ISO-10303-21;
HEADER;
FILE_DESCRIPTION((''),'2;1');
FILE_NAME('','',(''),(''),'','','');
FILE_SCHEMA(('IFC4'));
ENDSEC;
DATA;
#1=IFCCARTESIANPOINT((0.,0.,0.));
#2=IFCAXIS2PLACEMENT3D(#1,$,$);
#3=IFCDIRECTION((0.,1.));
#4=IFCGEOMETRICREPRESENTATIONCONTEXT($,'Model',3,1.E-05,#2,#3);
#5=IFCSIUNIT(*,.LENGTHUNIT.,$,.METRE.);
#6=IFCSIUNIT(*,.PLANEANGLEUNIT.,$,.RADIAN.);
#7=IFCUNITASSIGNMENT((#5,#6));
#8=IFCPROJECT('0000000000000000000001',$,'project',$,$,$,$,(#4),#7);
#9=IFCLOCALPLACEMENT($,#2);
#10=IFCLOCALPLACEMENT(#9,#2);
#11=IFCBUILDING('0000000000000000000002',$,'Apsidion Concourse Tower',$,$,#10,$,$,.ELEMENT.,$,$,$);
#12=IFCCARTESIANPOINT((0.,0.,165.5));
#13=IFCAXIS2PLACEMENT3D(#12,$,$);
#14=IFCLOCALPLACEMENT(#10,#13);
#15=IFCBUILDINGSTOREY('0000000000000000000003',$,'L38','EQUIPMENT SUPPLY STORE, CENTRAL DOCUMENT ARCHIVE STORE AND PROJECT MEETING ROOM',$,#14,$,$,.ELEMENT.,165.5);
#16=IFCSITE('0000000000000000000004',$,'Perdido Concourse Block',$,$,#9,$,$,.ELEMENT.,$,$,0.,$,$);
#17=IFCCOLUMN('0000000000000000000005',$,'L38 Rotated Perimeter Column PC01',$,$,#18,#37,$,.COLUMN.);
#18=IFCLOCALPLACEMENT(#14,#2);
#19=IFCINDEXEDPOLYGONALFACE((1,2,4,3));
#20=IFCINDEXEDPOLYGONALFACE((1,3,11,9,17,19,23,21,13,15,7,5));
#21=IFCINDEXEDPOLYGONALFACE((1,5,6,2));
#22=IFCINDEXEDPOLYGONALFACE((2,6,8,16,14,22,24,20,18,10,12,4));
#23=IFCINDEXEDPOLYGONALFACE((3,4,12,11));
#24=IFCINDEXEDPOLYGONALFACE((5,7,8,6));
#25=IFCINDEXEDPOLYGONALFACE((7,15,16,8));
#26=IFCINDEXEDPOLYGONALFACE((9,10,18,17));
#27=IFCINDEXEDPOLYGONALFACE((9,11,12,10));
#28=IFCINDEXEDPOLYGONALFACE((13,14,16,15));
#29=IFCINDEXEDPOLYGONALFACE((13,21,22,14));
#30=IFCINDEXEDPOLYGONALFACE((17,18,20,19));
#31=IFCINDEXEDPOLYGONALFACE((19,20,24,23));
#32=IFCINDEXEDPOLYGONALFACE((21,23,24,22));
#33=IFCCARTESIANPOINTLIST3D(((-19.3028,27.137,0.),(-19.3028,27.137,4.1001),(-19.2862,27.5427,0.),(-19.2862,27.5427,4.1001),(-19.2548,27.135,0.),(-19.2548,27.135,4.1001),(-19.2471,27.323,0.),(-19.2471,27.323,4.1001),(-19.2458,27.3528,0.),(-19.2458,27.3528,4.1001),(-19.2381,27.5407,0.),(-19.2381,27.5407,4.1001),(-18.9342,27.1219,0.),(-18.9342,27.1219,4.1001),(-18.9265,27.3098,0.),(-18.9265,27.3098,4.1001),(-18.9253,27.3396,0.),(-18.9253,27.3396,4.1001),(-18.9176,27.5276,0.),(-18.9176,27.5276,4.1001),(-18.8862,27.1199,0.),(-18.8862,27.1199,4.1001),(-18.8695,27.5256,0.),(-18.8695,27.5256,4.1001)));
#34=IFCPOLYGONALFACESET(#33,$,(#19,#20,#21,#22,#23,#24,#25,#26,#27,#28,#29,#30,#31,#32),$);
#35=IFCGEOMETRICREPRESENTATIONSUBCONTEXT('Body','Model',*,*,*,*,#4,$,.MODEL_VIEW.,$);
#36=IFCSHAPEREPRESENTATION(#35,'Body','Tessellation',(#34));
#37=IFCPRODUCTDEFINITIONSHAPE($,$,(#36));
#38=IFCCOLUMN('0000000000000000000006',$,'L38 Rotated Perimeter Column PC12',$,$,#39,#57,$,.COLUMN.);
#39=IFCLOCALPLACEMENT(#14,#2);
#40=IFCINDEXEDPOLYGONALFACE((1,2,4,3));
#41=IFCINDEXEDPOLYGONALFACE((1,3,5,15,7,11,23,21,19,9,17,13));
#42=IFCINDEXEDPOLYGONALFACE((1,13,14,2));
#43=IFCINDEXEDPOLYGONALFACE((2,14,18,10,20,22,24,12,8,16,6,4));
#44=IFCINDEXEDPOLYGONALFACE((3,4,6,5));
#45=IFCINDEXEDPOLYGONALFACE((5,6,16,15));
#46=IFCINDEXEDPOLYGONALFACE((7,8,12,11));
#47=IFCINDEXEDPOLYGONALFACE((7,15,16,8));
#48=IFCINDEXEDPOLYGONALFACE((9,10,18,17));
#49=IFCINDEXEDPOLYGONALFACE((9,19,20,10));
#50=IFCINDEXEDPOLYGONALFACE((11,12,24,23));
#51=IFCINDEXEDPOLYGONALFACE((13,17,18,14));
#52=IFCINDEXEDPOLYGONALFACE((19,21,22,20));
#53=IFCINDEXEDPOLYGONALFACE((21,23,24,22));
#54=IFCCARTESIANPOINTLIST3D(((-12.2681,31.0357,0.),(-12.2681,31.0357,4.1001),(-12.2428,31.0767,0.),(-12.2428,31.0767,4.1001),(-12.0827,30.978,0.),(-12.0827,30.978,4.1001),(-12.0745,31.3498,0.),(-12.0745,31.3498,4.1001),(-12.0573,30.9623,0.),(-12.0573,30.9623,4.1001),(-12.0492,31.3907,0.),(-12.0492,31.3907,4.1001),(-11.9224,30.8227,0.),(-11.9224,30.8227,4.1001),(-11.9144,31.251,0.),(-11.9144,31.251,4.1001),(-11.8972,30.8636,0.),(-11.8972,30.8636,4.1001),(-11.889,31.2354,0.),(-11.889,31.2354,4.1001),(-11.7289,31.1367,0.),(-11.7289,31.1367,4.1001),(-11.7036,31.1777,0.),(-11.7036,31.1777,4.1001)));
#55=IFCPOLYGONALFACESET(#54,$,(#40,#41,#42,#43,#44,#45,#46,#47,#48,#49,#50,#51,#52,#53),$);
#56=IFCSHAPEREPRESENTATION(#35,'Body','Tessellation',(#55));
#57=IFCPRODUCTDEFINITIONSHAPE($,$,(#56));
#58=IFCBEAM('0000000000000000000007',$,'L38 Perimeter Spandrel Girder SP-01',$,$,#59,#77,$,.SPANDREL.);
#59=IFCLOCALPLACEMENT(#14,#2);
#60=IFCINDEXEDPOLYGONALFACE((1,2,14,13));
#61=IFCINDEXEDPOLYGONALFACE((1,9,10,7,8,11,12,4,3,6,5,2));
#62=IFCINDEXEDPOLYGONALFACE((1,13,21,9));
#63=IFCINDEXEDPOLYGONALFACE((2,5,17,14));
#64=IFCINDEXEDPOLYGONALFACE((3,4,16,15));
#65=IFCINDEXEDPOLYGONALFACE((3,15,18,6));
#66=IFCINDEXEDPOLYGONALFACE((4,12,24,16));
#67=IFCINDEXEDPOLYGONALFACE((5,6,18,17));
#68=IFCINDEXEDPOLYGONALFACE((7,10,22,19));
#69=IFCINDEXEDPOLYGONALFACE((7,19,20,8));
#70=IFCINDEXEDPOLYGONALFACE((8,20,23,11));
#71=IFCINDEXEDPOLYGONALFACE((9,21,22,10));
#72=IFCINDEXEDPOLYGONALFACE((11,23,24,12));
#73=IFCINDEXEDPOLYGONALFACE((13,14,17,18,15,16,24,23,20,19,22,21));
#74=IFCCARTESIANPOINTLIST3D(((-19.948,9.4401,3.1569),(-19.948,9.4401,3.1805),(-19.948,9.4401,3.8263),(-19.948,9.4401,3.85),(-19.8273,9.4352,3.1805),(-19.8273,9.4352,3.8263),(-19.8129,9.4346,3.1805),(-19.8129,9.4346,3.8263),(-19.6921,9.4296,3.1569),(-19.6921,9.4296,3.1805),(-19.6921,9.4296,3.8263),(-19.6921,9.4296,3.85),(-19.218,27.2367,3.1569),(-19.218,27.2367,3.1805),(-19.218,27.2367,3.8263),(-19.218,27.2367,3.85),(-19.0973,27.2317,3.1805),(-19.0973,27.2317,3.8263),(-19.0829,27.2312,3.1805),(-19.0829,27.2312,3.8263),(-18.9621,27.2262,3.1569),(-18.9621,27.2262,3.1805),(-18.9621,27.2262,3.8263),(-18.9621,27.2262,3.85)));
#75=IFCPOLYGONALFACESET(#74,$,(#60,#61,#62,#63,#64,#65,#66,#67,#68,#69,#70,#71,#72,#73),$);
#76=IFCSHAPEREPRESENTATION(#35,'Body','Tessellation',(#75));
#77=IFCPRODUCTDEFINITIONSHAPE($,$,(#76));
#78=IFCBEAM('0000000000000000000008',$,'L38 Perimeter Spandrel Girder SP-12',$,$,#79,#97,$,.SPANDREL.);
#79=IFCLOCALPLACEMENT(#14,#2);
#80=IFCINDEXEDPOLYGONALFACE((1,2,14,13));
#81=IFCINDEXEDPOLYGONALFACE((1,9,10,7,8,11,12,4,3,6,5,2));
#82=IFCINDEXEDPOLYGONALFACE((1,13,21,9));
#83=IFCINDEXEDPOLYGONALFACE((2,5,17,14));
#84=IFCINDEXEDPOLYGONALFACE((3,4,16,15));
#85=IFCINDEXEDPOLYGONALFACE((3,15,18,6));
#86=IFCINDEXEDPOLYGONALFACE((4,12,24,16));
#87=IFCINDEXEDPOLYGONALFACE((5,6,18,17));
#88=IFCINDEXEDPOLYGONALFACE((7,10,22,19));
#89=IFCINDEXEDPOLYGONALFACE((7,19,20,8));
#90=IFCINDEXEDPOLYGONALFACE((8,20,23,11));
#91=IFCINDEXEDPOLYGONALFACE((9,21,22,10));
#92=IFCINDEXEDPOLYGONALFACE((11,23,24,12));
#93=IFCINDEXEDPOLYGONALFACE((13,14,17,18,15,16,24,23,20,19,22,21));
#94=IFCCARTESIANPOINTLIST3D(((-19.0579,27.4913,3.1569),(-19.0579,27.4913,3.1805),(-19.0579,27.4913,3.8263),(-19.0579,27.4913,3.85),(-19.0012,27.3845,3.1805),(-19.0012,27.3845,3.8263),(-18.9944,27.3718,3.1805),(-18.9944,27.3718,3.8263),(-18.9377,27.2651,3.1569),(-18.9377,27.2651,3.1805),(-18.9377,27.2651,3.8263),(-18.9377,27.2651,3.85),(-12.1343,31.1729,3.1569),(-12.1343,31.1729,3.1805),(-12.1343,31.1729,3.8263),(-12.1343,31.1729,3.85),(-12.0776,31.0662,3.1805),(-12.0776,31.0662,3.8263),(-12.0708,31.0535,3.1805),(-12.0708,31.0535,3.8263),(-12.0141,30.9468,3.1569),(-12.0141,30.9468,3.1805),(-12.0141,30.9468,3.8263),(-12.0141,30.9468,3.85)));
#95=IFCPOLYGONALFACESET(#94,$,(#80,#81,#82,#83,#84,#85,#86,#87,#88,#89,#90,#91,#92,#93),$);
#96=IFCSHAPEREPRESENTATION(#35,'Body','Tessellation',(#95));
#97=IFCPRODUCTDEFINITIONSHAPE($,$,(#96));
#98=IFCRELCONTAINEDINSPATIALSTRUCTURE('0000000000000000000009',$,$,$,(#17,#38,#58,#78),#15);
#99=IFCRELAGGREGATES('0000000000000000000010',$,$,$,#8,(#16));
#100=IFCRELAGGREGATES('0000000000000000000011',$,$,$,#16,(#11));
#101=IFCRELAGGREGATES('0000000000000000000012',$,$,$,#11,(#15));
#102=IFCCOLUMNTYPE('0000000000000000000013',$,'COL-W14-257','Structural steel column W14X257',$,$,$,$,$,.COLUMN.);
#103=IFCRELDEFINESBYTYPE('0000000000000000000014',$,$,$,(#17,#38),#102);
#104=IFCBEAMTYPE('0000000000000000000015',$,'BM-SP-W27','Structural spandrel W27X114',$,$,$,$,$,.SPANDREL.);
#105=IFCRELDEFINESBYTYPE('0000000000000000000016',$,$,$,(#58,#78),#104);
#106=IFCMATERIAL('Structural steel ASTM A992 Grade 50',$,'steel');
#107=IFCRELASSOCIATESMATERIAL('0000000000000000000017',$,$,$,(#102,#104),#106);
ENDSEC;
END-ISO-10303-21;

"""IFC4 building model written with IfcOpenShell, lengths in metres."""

from ifc_helpers import new_model, si_unit, direction, frame, origin, origin_2d, place, context, subcontext, project, spatial, i_section, extrude, material, material_profile, profile_set, type_object, element, save


model = new_model("IFC4")

# Units and contexts
model_context = context("Model", 3, precision=1e-05, world=origin(), true_north=direction((0.0, 1.0)))
body_context = subcontext(model_context, "Body", "Model", "MODEL_VIEW")
ifc_project = project(units=[si_unit("LENGTHUNIT", "METRE"), si_unit("PLANEANGLEUNIT", "RADIAN")], contexts=[model_context])

# Site, building, storey
site_placement = place(None, origin())
site = spatial("IfcSite", under=ifc_project, at=site_placement, Name="Perdido Concourse Block", CompositionType="ELEMENT", RefElevation=0.0)
building_placement = place(site_placement, origin())
building = spatial("IfcBuilding", under=site, at=building_placement, Name="Apsidion Concourse Tower", CompositionType="ELEMENT")
storey_placement = place(building_placement, frame((0.0, 0.0, 165.5)))
storey = spatial("IfcBuildingStorey", under=building, at=storey_placement, Name="L38", Description="EQUIPMENT SUPPLY STORE, CENTRAL DOCUMENT ARCHIVE STORE AND PROJECT MEETING ROOM", CompositionType="ELEMENT", Elevation=165.5)

# Columns
ifc_material_1 = material(Name="Structural steel ASTM A992 Grade 50", Category="steel")
ifc_material_profile_1 = material_profile(ifc_material_1, i_section(OverallWidth=0.406, OverallDepth=0.417, WebThickness=0.0298, FlangeThickness=0.0481, at=origin_2d()), Name="W14X257")
ifc_profile_set_1 = profile_set([ifc_material_profile_1], Name="Structural steel ASTM A992 Grade 50")
column_type = type_object("IfcColumnType", Name="COL-W14-257", Description="Structural steel column W14X257", PredefinedType="COLUMN", material=ifc_profile_set_1)
for number, where, z_axis, x_axis, name in (
    (1, (-19.0862, 27.3313, 0.0), (0.0, 0.0, 1.0), (0.041004, 0.999159, 0.0), "L38 Rotated Perimeter Column PC01"),
    (2, (-11.9858, 31.1067, 0.0), (0.0, 0.0, 1.0), (-0.851269, 0.524729, 0.0), "L38 Rotated Perimeter Column PC12"),
):
    element("IfcColumn", number, at=place(storey_placement, frame(where, z_axis=z_axis, x_axis=x_axis)), inside=storey, type_object=column_type, Name=name, PredefinedType="COLUMN", context=body_context, shape_type="SweptSolid", body=[
        extrude(i_section(OverallWidth=0.406, OverallDepth=0.417, WebThickness=0.0298, FlangeThickness=0.0481, at=origin_2d()), origin(), (0.0, 0.0, 1.0), 4.1001),
    ])

# Beams
ifc_material_profile_2 = material_profile(ifc_material_1, i_section(OverallWidth=0.2561, OverallDepth=0.6931, WebThickness=0.0144, FlangeThickness=0.0237, at=origin_2d()), Name="W27X114")
ifc_profile_set_2 = profile_set([ifc_material_profile_2], Name="Structural steel ASTM A992 Grade 50")
beam_type = type_object("IfcBeamType", Name="BM-SP-W27", Description="Structural spandrel W27X114", PredefinedType="SPANDREL", material=ifc_profile_set_2)
beam_1_placement = place(storey_placement, frame((-19.0901, 27.2314, 3.5034), z_axis=(-0.040983, -0.99916, 0.0), x_axis=(0.99916, -0.040983, 0.0)))
element("IfcBeam", 3, at=beam_1_placement, inside=storey, type_object=beam_type, Name="L38 Perimeter Spandrel Girder SP-01", PredefinedType="SPANDREL", context=body_context, shape_type="SweptSolid", body=[
    extrude(i_section(OverallWidth=0.2561, OverallDepth=0.6931, WebThickness=0.0144, FlangeThickness=0.0237, at=origin_2d()), origin(), (0.0, 0.0, 1.0), 17.8115),
])
beam_2_placement = place(storey_placement, frame((-12.0742, 31.0598, 3.5034), z_axis=(-0.882931, -0.469502, 0.0), x_axis=(0.469502, -0.882931, 0.0)))
element("IfcBeam", 4, at=beam_2_placement, inside=storey, type_object=beam_type, Name="L38 Perimeter Spandrel Girder SP-12", PredefinedType="SPANDREL", context=body_context, shape_type="SweptSolid", body=[
    extrude(i_section(OverallWidth=0.2561, OverallDepth=0.6931, WebThickness=0.0144, FlangeThickness=0.0237, at=origin_2d()), origin(), (0.0, 0.0, 1.0), 7.8416),
])

save(model, "model.ifc")
